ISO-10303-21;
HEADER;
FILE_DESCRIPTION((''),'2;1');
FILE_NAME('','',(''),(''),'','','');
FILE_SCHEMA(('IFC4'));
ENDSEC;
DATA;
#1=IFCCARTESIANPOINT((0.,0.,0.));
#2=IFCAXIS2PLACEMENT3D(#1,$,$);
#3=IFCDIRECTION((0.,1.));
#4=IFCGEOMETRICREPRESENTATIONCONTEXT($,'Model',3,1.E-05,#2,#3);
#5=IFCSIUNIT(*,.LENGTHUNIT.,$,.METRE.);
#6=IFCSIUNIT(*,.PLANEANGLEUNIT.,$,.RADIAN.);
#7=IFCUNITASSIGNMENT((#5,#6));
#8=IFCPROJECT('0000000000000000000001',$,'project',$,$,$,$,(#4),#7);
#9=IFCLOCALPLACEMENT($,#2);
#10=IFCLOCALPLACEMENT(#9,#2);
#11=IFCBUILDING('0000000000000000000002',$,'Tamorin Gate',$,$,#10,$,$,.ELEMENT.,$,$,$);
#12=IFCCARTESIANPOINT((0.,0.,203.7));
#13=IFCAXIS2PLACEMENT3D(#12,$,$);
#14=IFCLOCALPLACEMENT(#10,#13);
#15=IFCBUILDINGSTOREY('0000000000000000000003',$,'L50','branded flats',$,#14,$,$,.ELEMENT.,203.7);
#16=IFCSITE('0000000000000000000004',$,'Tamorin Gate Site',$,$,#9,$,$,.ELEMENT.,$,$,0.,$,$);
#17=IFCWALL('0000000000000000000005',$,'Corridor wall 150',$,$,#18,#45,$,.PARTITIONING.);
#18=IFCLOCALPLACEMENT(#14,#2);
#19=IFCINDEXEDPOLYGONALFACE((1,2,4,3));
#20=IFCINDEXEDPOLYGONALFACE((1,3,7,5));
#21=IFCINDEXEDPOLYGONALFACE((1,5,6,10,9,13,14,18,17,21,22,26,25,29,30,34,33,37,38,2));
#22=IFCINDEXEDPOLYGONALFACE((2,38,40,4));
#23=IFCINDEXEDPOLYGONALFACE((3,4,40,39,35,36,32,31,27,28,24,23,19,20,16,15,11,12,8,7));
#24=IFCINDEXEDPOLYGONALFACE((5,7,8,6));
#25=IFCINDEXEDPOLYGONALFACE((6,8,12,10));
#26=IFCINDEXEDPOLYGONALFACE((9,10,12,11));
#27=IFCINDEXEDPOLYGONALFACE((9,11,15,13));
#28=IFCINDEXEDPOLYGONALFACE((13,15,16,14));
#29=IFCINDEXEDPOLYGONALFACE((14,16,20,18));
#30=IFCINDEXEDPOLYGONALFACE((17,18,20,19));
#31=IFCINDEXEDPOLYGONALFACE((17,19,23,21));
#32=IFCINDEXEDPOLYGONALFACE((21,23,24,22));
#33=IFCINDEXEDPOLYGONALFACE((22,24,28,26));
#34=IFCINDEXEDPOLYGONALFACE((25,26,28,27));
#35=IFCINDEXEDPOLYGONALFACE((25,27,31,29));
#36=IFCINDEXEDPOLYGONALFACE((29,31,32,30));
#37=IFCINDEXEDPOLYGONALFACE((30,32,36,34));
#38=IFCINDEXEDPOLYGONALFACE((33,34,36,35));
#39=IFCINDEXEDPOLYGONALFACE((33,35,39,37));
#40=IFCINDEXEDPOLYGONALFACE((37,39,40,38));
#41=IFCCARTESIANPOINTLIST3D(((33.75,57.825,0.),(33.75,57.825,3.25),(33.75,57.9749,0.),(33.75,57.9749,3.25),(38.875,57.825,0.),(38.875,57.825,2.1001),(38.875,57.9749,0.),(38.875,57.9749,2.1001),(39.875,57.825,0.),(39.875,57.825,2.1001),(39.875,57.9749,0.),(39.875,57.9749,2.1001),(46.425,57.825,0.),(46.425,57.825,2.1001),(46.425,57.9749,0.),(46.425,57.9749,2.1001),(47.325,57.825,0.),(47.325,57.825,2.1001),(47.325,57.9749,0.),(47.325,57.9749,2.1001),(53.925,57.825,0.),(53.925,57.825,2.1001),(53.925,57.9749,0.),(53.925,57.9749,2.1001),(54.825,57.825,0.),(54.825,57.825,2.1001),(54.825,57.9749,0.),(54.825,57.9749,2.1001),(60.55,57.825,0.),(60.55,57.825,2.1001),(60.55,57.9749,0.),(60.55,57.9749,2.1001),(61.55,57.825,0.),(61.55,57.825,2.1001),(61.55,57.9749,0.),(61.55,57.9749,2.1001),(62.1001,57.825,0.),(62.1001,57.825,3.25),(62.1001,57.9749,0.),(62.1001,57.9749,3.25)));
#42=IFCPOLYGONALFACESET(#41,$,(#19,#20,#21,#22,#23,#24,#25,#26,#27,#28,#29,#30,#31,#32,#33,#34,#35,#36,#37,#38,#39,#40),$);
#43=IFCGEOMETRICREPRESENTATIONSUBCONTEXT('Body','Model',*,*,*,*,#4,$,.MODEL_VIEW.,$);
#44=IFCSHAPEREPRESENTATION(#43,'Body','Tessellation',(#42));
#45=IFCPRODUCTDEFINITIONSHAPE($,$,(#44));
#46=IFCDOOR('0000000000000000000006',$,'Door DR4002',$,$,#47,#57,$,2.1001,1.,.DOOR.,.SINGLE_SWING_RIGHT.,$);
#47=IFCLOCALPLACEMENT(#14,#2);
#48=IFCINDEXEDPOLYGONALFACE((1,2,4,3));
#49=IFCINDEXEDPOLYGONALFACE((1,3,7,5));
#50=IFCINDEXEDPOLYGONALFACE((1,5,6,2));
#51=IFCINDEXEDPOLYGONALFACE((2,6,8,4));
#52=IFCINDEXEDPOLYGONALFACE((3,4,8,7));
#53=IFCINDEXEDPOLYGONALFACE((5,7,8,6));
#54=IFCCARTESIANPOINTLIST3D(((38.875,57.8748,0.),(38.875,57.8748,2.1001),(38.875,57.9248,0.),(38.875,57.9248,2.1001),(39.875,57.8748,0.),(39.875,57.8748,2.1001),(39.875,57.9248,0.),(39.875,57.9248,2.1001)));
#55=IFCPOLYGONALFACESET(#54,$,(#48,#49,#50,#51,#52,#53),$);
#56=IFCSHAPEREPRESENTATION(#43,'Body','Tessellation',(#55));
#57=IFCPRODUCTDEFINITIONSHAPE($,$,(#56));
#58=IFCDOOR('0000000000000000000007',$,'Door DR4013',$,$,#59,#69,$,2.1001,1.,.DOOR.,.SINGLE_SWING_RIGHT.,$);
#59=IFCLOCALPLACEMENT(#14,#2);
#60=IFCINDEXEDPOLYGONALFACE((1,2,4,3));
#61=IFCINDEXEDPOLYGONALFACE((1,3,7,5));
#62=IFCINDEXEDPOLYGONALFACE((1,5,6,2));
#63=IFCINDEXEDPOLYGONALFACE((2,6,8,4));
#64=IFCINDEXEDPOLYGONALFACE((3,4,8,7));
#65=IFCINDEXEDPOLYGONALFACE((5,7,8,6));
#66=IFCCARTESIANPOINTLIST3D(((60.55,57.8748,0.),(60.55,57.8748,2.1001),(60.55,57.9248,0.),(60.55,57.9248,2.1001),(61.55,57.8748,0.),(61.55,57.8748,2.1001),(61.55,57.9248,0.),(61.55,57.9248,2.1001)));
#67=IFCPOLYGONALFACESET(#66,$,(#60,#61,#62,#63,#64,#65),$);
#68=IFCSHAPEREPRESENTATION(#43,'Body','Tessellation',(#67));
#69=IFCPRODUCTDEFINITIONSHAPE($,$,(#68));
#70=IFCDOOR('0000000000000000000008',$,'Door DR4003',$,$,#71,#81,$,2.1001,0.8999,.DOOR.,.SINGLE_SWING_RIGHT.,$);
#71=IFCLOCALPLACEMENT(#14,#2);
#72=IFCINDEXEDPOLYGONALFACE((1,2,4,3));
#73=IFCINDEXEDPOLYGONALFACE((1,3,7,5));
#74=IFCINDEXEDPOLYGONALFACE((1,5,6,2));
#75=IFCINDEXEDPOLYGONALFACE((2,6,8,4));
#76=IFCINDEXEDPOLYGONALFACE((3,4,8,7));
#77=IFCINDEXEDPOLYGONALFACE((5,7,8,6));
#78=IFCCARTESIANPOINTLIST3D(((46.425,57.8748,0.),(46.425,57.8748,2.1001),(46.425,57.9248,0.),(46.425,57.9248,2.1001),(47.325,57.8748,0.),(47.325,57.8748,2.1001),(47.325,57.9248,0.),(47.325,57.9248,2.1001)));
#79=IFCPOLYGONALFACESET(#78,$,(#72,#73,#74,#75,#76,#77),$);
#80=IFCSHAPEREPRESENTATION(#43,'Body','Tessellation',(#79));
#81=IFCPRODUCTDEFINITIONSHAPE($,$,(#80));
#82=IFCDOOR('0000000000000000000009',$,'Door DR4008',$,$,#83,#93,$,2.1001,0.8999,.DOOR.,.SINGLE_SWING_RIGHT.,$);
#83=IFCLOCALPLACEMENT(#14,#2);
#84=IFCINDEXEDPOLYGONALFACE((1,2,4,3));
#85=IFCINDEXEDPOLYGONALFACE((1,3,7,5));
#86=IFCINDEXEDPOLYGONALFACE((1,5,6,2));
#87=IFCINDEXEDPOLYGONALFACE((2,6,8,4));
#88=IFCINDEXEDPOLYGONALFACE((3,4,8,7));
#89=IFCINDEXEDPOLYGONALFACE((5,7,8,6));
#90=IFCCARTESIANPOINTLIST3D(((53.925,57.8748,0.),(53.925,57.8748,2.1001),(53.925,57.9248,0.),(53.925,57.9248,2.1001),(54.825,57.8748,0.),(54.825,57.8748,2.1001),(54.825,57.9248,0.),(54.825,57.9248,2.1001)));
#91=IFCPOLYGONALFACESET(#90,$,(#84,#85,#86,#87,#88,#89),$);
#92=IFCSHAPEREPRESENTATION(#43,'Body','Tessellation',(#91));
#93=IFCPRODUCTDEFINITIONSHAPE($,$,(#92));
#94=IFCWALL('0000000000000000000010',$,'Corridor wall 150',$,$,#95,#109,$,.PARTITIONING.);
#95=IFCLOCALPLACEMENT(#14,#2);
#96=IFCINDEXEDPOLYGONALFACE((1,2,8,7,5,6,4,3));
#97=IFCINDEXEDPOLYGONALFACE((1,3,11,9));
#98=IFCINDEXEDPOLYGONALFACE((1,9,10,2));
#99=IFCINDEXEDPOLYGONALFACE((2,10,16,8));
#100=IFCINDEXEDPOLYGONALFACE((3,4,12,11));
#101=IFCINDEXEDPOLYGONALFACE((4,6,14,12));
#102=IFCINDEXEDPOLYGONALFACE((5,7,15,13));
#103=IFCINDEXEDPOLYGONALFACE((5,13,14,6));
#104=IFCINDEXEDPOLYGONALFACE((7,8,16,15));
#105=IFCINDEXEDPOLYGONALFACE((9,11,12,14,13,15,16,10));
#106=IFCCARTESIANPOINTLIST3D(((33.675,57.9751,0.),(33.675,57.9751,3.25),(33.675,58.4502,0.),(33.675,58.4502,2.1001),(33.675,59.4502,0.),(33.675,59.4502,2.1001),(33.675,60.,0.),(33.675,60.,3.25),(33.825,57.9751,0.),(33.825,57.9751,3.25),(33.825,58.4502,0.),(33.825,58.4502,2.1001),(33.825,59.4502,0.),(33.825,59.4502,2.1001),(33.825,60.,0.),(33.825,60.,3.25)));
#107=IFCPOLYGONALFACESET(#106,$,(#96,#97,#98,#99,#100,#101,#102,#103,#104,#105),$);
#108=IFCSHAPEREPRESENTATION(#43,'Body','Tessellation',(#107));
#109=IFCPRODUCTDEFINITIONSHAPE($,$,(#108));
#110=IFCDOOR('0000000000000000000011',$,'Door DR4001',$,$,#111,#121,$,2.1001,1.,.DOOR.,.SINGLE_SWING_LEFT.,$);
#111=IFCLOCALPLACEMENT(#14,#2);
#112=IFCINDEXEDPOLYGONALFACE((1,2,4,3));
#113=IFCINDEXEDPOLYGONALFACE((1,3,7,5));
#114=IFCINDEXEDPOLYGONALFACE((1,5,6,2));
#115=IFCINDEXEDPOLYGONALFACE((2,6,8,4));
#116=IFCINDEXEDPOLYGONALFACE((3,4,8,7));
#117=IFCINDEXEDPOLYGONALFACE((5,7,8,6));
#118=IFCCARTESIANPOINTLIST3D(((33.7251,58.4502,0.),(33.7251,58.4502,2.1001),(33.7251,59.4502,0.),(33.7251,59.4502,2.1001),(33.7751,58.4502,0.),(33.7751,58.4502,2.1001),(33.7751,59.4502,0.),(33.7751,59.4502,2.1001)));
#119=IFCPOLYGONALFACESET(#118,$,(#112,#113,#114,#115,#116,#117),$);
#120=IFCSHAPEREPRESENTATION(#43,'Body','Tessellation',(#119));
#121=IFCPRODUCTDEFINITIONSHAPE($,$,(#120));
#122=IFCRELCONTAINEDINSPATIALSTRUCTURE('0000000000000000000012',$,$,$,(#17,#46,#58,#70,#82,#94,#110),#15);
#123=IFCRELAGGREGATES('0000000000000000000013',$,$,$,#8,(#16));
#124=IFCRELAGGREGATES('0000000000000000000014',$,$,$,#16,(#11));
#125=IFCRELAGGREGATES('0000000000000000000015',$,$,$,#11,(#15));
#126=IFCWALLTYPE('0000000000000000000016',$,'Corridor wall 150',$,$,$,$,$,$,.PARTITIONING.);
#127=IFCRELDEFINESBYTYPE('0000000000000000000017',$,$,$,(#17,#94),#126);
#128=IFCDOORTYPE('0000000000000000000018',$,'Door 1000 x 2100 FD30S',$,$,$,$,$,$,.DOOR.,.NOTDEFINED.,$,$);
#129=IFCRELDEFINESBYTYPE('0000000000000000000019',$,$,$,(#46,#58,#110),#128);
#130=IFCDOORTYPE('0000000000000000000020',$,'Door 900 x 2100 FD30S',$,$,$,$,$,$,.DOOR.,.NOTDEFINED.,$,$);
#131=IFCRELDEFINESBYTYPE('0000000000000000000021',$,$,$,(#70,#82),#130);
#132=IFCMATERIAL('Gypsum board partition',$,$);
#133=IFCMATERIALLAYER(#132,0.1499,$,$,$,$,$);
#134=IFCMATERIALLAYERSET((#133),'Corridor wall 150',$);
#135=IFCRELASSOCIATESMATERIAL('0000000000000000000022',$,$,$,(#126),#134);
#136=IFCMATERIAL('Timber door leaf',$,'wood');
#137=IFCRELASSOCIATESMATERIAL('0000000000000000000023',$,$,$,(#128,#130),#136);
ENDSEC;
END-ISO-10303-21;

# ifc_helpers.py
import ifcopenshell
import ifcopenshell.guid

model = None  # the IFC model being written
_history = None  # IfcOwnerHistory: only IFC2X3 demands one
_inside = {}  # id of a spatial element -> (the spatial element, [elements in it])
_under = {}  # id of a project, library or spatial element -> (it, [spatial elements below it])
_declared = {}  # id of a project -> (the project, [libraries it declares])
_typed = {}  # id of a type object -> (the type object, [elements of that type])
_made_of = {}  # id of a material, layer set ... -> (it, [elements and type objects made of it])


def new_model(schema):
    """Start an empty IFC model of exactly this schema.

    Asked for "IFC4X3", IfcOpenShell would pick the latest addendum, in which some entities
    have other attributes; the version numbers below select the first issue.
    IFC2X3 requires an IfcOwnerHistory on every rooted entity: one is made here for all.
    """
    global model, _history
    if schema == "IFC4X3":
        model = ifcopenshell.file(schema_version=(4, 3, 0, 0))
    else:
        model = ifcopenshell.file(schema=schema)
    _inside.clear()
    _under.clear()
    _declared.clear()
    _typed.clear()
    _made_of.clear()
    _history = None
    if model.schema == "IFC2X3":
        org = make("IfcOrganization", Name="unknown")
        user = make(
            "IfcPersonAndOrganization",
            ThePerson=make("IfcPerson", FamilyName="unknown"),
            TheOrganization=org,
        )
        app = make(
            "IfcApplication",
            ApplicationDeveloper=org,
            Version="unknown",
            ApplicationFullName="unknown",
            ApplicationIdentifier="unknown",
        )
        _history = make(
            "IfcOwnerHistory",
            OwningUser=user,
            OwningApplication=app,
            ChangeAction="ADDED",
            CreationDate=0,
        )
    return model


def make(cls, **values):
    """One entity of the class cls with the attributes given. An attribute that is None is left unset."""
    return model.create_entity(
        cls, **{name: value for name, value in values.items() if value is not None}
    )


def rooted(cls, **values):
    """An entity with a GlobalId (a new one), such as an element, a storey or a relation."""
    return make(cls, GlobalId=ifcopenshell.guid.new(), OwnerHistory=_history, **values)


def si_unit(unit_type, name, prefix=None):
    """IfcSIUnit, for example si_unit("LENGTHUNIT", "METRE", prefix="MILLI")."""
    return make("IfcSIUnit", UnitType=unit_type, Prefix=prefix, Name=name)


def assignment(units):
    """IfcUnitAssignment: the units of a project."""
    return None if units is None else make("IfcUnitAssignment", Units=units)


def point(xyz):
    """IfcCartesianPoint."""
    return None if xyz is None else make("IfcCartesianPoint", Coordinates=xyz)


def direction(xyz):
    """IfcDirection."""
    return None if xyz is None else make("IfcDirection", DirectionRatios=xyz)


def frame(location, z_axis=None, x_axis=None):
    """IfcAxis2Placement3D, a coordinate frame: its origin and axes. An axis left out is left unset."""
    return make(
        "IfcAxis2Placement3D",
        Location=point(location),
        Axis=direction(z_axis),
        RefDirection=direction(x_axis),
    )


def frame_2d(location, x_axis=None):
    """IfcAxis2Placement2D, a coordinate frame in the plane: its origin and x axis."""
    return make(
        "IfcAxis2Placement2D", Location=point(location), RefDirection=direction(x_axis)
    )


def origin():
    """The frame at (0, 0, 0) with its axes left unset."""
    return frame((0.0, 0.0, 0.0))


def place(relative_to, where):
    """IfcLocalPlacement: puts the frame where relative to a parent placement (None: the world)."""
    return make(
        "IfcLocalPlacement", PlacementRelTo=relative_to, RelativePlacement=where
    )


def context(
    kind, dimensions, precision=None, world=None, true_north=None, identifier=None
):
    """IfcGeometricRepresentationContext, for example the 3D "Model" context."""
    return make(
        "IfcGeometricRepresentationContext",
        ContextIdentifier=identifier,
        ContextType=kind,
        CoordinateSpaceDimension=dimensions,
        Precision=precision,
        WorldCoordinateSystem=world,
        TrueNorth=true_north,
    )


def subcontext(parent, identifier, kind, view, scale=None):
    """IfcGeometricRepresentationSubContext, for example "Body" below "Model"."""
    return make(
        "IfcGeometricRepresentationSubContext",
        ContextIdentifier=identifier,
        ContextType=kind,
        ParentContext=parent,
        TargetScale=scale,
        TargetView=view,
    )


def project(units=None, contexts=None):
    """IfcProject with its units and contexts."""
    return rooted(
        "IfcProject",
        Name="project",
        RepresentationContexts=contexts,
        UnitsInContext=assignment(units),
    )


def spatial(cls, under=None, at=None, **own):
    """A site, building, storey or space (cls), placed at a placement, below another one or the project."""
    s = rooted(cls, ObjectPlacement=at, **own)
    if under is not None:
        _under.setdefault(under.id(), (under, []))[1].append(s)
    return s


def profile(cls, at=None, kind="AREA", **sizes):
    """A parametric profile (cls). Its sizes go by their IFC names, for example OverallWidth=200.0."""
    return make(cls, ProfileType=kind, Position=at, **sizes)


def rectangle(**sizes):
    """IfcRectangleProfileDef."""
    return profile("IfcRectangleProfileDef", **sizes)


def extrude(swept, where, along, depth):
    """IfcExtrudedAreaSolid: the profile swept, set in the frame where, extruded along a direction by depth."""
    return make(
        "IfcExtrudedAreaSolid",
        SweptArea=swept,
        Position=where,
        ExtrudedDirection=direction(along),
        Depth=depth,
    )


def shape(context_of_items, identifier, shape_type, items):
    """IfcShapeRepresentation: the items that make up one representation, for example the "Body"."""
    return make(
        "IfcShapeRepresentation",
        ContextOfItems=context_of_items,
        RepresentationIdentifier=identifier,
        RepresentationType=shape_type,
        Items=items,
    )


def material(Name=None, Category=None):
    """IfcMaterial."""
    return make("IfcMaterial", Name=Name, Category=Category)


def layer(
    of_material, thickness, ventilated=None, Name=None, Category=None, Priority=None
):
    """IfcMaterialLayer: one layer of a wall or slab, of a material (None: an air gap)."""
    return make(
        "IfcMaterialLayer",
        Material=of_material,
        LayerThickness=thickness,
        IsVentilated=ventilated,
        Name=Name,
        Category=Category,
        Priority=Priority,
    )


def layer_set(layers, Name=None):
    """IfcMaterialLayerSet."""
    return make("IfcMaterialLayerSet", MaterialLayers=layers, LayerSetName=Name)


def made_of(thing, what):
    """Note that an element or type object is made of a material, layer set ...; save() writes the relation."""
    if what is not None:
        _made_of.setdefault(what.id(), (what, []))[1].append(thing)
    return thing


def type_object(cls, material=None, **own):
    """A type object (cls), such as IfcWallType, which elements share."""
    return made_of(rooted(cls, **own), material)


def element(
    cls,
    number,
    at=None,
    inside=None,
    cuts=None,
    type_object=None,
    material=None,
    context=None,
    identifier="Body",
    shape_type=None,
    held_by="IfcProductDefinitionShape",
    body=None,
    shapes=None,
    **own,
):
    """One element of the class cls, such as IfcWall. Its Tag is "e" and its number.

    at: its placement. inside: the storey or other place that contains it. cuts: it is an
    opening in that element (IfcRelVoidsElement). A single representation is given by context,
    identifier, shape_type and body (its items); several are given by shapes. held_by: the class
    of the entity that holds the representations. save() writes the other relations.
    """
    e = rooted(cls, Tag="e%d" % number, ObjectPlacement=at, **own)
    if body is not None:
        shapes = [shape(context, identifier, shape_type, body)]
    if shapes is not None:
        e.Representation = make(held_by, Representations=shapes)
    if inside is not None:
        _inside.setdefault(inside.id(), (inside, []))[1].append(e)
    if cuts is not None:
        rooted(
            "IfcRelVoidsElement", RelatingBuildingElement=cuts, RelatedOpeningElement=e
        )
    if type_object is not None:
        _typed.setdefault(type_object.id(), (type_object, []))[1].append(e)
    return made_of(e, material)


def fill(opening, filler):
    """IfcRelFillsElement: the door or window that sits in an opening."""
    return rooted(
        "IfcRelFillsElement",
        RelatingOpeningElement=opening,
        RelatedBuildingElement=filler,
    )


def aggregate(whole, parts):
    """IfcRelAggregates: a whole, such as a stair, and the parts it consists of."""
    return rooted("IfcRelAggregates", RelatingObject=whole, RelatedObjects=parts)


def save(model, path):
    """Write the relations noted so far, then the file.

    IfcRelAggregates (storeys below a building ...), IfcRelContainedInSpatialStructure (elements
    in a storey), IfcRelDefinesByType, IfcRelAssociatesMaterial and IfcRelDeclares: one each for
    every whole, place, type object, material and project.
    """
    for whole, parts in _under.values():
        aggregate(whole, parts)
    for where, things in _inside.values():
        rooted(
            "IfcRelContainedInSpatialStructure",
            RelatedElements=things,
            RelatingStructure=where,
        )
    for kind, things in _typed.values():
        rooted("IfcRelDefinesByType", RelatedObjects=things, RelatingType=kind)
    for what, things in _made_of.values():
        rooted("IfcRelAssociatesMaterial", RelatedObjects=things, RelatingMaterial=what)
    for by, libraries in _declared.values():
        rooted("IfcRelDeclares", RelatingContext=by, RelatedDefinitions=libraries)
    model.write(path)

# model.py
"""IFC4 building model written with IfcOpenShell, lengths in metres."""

from ifc_helpers import new_model, si_unit, direction, frame, frame_2d, origin, place, context, subcontext, project, spatial, rectangle, extrude, material, layer, layer_set, type_object, element, fill, save


model = new_model("IFC4")

# Units and contexts
model_context = context("Model", 3, precision=1e-05, world=origin(), true_north=direction((0.0, 1.0)))
body_context = subcontext(model_context, "Body", "Model", "MODEL_VIEW")
ifc_project = project(units=[si_unit("LENGTHUNIT", "METRE"), si_unit("PLANEANGLEUNIT", "RADIAN")], contexts=[model_context])

# Site, building, storey
site_placement = place(None, origin())
site = spatial("IfcSite", under=ifc_project, at=site_placement, Name="Tamorin Gate Site", CompositionType="ELEMENT", RefElevation=0.0)
building_placement = place(site_placement, origin())
building = spatial("IfcBuilding", under=site, at=building_placement, Name="Tamorin Gate", CompositionType="ELEMENT")
storey_placement = place(building_placement, frame((0.0, 0.0, 203.7)))
storey = spatial("IfcBuildingStorey", under=building, at=storey_placement, Name="L50", Description="branded flats", CompositionType="ELEMENT", Elevation=203.7)

# Wall, openings, doors
ifc_material_1 = material(Name="Gypsum board partition")
ifc_layer_1 = layer(ifc_material_1, 0.1499)
ifc_layer_set_1 = layer_set([ifc_layer_1], Name="Corridor wall 150")
wall_type_1 = type_object("IfcWallType", Name="Corridor wall 150", PredefinedType="PARTITIONING", material=ifc_layer_set_1)
wall_1_placement = place(storey_placement, frame((33.75, 57.8999, 0.0), z_axis=(0.0, 0.0, 1.0), x_axis=(1.0, 0.0, 0.0)))
wall_1 = element("IfcWall", 1, at=wall_1_placement, inside=storey, type_object=wall_type_1, Name="Corridor wall 150", PredefinedType="PARTITIONING", context=body_context, shape_type="SweptSolid", body=[
    extrude(rectangle(XDim=28.3501, YDim=0.1499, at=frame_2d((14.175, 0.0))), origin(), (0.0, 0.0, 1.0), 3.25),
])
opening_1_placement = place(wall_1_placement, frame((5.125, 0.0, 0.0)))
opening_1 = element("IfcOpeningElement", 2, at=opening_1_placement, cuts=wall_1, PredefinedType="OPENING", context=body_context, shape_type="SweptSolid", body=[
    extrude(rectangle(XDim=1.0, YDim=2.1001, at=frame_2d((0.5, 1.05))), frame((0.0, 0.085, 0.0), z_axis=(0.0, -1.0, 0.0), x_axis=(1.0, 0.0, 0.0)), (0.0, 0.0, 1.0), 0.1699),
])
opening_2_placement = place(wall_1_placement, frame((12.675, 0.0, 0.0)))
opening_2 = element("IfcOpeningElement", 3, at=opening_2_placement, cuts=wall_1, PredefinedType="OPENING", context=body_context, shape_type="SweptSolid", body=[
    extrude(rectangle(XDim=0.8999, YDim=2.1001, at=frame_2d((0.45, 1.05))), frame((0.0, 0.085, 0.0), z_axis=(0.0, -1.0, 0.0), x_axis=(1.0, 0.0, 0.0)), (0.0, 0.0, 1.0), 0.1699),
])
opening_3_placement = place(wall_1_placement, frame((20.175, 0.0, 0.0)))
opening_3 = element("IfcOpeningElement", 4, at=opening_3_placement, cuts=wall_1, PredefinedType="OPENING", context=body_context, shape_type="SweptSolid", body=[
    extrude(rectangle(XDim=0.8999, YDim=2.1001, at=frame_2d((0.45, 1.05))), frame((0.0, 0.085, 0.0), z_axis=(0.0, -1.0, 0.0), x_axis=(1.0, 0.0, 0.0)), (0.0, 0.0, 1.0), 0.1699),
])
opening_4_placement = place(wall_1_placement, frame((26.8, 0.0, 0.0)))
opening_4 = element("IfcOpeningElement", 5, at=opening_4_placement, cuts=wall_1, PredefinedType="OPENING", context=body_context, shape_type="SweptSolid", body=[
    extrude(rectangle(XDim=1.0, YDim=2.1001, at=frame_2d((0.5, 1.05))), frame((0.0, 0.085, 0.0), z_axis=(0.0, -1.0, 0.0), x_axis=(1.0, 0.0, 0.0)), (0.0, 0.0, 1.0), 0.1699),
])
ifc_material_2 = material(Name="Timber door leaf", Category="wood")
door_type_1 = type_object("IfcDoorType", Name="Door 1000 x 2100 FD30S", OperationType="NOTDEFINED", PredefinedType="DOOR", material=ifc_material_2)
door_1_placement = place(opening_1_placement, origin())
door_1 = element("IfcDoor", 6, at=door_1_placement, inside=storey, type_object=door_type_1, Name="Door DR4002", OperationType="SINGLE_SWING_RIGHT", OverallHeight=2.1001, OverallWidth=1.0, PredefinedType="DOOR", context=body_context, shape_type="SweptSolid", body=[
    extrude(rectangle(XDim=1.0, YDim=2.1001, at=frame_2d((0.5, 1.05))), frame((0.0, 0.0249, 0.0), z_axis=(0.0, -1.0, 0.0), x_axis=(1.0, 0.0, 0.0)), (0.0, 0.0, 1.0), 0.05),
])
fill(opening_1, door_1)
door_2_placement = place(opening_4_placement, origin())
door_2 = element("IfcDoor", 7, at=door_2_placement, inside=storey, type_object=door_type_1, Name="Door DR4013", OperationType="SINGLE_SWING_RIGHT", OverallHeight=2.1001, OverallWidth=1.0, PredefinedType="DOOR", context=body_context, shape_type="SweptSolid", body=[
    extrude(rectangle(XDim=1.0, YDim=2.1001, at=frame_2d((0.5, 1.05))), frame((0.0, 0.0249, 0.0), z_axis=(0.0, -1.0, 0.0), x_axis=(1.0, 0.0, 0.0)), (0.0, 0.0, 1.0), 0.05),
])
fill(opening_4, door_2)
door_type_2 = type_object("IfcDoorType", Name="Door 900 x 2100 FD30S", OperationType="NOTDEFINED", PredefinedType="DOOR", material=ifc_material_2)
door_3_placement = place(opening_2_placement, origin())
door_3 = element("IfcDoor", 8, at=door_3_placement, inside=storey, type_object=door_type_2, Name="Door DR4003", OperationType="SINGLE_SWING_RIGHT", OverallHeight=2.1001, OverallWidth=0.8999, PredefinedType="DOOR", context=body_context, shape_type="SweptSolid", body=[
    extrude(rectangle(XDim=0.8999, YDim=2.1001, at=frame_2d((0.45, 1.05))), frame((0.0, 0.0249, 0.0), z_axis=(0.0, -1.0, 0.0), x_axis=(1.0, 0.0, 0.0)), (0.0, 0.0, 1.0), 0.05),
])
fill(opening_2, door_3)
door_4_placement = place(opening_3_placement, origin())
door_4 = element("IfcDoor", 9, at=door_4_placement, inside=storey, type_object=door_type_2, Name="Door DR4008", OperationType="SINGLE_SWING_RIGHT", OverallHeight=2.1001, OverallWidth=0.8999, PredefinedType="DOOR", context=body_context, shape_type="SweptSolid", body=[
    extrude(rectangle(XDim=0.8999, YDim=2.1001, at=frame_2d((0.45, 1.05))), frame((0.0, 0.0249, 0.0), z_axis=(0.0, -1.0, 0.0), x_axis=(1.0, 0.0, 0.0)), (0.0, 0.0, 1.0), 0.05),
])
fill(opening_3, door_4)

# Wall, opening, door
wall_2_placement = place(storey_placement, frame((33.75, 57.9751, 0.0), z_axis=(0.0, 0.0, 1.0), x_axis=(0.0, 1.0, 0.0)))
wall_2 = element("IfcWall", 10, at=wall_2_placement, inside=storey, type_object=wall_type_1, Name="Corridor wall 150", PredefinedType="PARTITIONING", context=body_context, shape_type="SweptSolid", body=[
    extrude(rectangle(XDim=2.0249, YDim=0.1499, at=frame_2d((1.0125, 0.0))), origin(), (0.0, 0.0, 1.0), 3.25),
])
opening_5_placement = place(wall_2_placement, frame((0.4751, 0.0, 0.0)))
opening_5 = element("IfcOpeningElement", 11, at=opening_5_placement, cuts=wall_2, PredefinedType="OPENING", context=body_context, shape_type="SweptSolid", body=[
    extrude(rectangle(XDim=1.0, YDim=2.1001, at=frame_2d((0.5, 1.05))), frame((0.0, 0.085, 0.0), z_axis=(0.0, -1.0, 0.0), x_axis=(1.0, 0.0, 0.0)), (0.0, 0.0, 1.0), 0.1699),
])
door_5_placement = place(opening_5_placement, origin())
door_5 = element("IfcDoor", 12, at=door_5_placement, inside=storey, type_object=door_type_1, Name="Door DR4001", OperationType="SINGLE_SWING_LEFT", OverallHeight=2.1001, OverallWidth=1.0, PredefinedType="DOOR", context=body_context, shape_type="SweptSolid", body=[
    extrude(rectangle(XDim=1.0, YDim=2.1001, at=frame_2d((0.5, 1.05))), frame((0.0, 0.0249, 0.0), z_axis=(0.0, -1.0, 0.0), x_axis=(1.0, 0.0, 0.0)), (0.0, 0.0, 1.0), 0.05),
])
fill(opening_5, door_5)

save(model, "model.ifc")
